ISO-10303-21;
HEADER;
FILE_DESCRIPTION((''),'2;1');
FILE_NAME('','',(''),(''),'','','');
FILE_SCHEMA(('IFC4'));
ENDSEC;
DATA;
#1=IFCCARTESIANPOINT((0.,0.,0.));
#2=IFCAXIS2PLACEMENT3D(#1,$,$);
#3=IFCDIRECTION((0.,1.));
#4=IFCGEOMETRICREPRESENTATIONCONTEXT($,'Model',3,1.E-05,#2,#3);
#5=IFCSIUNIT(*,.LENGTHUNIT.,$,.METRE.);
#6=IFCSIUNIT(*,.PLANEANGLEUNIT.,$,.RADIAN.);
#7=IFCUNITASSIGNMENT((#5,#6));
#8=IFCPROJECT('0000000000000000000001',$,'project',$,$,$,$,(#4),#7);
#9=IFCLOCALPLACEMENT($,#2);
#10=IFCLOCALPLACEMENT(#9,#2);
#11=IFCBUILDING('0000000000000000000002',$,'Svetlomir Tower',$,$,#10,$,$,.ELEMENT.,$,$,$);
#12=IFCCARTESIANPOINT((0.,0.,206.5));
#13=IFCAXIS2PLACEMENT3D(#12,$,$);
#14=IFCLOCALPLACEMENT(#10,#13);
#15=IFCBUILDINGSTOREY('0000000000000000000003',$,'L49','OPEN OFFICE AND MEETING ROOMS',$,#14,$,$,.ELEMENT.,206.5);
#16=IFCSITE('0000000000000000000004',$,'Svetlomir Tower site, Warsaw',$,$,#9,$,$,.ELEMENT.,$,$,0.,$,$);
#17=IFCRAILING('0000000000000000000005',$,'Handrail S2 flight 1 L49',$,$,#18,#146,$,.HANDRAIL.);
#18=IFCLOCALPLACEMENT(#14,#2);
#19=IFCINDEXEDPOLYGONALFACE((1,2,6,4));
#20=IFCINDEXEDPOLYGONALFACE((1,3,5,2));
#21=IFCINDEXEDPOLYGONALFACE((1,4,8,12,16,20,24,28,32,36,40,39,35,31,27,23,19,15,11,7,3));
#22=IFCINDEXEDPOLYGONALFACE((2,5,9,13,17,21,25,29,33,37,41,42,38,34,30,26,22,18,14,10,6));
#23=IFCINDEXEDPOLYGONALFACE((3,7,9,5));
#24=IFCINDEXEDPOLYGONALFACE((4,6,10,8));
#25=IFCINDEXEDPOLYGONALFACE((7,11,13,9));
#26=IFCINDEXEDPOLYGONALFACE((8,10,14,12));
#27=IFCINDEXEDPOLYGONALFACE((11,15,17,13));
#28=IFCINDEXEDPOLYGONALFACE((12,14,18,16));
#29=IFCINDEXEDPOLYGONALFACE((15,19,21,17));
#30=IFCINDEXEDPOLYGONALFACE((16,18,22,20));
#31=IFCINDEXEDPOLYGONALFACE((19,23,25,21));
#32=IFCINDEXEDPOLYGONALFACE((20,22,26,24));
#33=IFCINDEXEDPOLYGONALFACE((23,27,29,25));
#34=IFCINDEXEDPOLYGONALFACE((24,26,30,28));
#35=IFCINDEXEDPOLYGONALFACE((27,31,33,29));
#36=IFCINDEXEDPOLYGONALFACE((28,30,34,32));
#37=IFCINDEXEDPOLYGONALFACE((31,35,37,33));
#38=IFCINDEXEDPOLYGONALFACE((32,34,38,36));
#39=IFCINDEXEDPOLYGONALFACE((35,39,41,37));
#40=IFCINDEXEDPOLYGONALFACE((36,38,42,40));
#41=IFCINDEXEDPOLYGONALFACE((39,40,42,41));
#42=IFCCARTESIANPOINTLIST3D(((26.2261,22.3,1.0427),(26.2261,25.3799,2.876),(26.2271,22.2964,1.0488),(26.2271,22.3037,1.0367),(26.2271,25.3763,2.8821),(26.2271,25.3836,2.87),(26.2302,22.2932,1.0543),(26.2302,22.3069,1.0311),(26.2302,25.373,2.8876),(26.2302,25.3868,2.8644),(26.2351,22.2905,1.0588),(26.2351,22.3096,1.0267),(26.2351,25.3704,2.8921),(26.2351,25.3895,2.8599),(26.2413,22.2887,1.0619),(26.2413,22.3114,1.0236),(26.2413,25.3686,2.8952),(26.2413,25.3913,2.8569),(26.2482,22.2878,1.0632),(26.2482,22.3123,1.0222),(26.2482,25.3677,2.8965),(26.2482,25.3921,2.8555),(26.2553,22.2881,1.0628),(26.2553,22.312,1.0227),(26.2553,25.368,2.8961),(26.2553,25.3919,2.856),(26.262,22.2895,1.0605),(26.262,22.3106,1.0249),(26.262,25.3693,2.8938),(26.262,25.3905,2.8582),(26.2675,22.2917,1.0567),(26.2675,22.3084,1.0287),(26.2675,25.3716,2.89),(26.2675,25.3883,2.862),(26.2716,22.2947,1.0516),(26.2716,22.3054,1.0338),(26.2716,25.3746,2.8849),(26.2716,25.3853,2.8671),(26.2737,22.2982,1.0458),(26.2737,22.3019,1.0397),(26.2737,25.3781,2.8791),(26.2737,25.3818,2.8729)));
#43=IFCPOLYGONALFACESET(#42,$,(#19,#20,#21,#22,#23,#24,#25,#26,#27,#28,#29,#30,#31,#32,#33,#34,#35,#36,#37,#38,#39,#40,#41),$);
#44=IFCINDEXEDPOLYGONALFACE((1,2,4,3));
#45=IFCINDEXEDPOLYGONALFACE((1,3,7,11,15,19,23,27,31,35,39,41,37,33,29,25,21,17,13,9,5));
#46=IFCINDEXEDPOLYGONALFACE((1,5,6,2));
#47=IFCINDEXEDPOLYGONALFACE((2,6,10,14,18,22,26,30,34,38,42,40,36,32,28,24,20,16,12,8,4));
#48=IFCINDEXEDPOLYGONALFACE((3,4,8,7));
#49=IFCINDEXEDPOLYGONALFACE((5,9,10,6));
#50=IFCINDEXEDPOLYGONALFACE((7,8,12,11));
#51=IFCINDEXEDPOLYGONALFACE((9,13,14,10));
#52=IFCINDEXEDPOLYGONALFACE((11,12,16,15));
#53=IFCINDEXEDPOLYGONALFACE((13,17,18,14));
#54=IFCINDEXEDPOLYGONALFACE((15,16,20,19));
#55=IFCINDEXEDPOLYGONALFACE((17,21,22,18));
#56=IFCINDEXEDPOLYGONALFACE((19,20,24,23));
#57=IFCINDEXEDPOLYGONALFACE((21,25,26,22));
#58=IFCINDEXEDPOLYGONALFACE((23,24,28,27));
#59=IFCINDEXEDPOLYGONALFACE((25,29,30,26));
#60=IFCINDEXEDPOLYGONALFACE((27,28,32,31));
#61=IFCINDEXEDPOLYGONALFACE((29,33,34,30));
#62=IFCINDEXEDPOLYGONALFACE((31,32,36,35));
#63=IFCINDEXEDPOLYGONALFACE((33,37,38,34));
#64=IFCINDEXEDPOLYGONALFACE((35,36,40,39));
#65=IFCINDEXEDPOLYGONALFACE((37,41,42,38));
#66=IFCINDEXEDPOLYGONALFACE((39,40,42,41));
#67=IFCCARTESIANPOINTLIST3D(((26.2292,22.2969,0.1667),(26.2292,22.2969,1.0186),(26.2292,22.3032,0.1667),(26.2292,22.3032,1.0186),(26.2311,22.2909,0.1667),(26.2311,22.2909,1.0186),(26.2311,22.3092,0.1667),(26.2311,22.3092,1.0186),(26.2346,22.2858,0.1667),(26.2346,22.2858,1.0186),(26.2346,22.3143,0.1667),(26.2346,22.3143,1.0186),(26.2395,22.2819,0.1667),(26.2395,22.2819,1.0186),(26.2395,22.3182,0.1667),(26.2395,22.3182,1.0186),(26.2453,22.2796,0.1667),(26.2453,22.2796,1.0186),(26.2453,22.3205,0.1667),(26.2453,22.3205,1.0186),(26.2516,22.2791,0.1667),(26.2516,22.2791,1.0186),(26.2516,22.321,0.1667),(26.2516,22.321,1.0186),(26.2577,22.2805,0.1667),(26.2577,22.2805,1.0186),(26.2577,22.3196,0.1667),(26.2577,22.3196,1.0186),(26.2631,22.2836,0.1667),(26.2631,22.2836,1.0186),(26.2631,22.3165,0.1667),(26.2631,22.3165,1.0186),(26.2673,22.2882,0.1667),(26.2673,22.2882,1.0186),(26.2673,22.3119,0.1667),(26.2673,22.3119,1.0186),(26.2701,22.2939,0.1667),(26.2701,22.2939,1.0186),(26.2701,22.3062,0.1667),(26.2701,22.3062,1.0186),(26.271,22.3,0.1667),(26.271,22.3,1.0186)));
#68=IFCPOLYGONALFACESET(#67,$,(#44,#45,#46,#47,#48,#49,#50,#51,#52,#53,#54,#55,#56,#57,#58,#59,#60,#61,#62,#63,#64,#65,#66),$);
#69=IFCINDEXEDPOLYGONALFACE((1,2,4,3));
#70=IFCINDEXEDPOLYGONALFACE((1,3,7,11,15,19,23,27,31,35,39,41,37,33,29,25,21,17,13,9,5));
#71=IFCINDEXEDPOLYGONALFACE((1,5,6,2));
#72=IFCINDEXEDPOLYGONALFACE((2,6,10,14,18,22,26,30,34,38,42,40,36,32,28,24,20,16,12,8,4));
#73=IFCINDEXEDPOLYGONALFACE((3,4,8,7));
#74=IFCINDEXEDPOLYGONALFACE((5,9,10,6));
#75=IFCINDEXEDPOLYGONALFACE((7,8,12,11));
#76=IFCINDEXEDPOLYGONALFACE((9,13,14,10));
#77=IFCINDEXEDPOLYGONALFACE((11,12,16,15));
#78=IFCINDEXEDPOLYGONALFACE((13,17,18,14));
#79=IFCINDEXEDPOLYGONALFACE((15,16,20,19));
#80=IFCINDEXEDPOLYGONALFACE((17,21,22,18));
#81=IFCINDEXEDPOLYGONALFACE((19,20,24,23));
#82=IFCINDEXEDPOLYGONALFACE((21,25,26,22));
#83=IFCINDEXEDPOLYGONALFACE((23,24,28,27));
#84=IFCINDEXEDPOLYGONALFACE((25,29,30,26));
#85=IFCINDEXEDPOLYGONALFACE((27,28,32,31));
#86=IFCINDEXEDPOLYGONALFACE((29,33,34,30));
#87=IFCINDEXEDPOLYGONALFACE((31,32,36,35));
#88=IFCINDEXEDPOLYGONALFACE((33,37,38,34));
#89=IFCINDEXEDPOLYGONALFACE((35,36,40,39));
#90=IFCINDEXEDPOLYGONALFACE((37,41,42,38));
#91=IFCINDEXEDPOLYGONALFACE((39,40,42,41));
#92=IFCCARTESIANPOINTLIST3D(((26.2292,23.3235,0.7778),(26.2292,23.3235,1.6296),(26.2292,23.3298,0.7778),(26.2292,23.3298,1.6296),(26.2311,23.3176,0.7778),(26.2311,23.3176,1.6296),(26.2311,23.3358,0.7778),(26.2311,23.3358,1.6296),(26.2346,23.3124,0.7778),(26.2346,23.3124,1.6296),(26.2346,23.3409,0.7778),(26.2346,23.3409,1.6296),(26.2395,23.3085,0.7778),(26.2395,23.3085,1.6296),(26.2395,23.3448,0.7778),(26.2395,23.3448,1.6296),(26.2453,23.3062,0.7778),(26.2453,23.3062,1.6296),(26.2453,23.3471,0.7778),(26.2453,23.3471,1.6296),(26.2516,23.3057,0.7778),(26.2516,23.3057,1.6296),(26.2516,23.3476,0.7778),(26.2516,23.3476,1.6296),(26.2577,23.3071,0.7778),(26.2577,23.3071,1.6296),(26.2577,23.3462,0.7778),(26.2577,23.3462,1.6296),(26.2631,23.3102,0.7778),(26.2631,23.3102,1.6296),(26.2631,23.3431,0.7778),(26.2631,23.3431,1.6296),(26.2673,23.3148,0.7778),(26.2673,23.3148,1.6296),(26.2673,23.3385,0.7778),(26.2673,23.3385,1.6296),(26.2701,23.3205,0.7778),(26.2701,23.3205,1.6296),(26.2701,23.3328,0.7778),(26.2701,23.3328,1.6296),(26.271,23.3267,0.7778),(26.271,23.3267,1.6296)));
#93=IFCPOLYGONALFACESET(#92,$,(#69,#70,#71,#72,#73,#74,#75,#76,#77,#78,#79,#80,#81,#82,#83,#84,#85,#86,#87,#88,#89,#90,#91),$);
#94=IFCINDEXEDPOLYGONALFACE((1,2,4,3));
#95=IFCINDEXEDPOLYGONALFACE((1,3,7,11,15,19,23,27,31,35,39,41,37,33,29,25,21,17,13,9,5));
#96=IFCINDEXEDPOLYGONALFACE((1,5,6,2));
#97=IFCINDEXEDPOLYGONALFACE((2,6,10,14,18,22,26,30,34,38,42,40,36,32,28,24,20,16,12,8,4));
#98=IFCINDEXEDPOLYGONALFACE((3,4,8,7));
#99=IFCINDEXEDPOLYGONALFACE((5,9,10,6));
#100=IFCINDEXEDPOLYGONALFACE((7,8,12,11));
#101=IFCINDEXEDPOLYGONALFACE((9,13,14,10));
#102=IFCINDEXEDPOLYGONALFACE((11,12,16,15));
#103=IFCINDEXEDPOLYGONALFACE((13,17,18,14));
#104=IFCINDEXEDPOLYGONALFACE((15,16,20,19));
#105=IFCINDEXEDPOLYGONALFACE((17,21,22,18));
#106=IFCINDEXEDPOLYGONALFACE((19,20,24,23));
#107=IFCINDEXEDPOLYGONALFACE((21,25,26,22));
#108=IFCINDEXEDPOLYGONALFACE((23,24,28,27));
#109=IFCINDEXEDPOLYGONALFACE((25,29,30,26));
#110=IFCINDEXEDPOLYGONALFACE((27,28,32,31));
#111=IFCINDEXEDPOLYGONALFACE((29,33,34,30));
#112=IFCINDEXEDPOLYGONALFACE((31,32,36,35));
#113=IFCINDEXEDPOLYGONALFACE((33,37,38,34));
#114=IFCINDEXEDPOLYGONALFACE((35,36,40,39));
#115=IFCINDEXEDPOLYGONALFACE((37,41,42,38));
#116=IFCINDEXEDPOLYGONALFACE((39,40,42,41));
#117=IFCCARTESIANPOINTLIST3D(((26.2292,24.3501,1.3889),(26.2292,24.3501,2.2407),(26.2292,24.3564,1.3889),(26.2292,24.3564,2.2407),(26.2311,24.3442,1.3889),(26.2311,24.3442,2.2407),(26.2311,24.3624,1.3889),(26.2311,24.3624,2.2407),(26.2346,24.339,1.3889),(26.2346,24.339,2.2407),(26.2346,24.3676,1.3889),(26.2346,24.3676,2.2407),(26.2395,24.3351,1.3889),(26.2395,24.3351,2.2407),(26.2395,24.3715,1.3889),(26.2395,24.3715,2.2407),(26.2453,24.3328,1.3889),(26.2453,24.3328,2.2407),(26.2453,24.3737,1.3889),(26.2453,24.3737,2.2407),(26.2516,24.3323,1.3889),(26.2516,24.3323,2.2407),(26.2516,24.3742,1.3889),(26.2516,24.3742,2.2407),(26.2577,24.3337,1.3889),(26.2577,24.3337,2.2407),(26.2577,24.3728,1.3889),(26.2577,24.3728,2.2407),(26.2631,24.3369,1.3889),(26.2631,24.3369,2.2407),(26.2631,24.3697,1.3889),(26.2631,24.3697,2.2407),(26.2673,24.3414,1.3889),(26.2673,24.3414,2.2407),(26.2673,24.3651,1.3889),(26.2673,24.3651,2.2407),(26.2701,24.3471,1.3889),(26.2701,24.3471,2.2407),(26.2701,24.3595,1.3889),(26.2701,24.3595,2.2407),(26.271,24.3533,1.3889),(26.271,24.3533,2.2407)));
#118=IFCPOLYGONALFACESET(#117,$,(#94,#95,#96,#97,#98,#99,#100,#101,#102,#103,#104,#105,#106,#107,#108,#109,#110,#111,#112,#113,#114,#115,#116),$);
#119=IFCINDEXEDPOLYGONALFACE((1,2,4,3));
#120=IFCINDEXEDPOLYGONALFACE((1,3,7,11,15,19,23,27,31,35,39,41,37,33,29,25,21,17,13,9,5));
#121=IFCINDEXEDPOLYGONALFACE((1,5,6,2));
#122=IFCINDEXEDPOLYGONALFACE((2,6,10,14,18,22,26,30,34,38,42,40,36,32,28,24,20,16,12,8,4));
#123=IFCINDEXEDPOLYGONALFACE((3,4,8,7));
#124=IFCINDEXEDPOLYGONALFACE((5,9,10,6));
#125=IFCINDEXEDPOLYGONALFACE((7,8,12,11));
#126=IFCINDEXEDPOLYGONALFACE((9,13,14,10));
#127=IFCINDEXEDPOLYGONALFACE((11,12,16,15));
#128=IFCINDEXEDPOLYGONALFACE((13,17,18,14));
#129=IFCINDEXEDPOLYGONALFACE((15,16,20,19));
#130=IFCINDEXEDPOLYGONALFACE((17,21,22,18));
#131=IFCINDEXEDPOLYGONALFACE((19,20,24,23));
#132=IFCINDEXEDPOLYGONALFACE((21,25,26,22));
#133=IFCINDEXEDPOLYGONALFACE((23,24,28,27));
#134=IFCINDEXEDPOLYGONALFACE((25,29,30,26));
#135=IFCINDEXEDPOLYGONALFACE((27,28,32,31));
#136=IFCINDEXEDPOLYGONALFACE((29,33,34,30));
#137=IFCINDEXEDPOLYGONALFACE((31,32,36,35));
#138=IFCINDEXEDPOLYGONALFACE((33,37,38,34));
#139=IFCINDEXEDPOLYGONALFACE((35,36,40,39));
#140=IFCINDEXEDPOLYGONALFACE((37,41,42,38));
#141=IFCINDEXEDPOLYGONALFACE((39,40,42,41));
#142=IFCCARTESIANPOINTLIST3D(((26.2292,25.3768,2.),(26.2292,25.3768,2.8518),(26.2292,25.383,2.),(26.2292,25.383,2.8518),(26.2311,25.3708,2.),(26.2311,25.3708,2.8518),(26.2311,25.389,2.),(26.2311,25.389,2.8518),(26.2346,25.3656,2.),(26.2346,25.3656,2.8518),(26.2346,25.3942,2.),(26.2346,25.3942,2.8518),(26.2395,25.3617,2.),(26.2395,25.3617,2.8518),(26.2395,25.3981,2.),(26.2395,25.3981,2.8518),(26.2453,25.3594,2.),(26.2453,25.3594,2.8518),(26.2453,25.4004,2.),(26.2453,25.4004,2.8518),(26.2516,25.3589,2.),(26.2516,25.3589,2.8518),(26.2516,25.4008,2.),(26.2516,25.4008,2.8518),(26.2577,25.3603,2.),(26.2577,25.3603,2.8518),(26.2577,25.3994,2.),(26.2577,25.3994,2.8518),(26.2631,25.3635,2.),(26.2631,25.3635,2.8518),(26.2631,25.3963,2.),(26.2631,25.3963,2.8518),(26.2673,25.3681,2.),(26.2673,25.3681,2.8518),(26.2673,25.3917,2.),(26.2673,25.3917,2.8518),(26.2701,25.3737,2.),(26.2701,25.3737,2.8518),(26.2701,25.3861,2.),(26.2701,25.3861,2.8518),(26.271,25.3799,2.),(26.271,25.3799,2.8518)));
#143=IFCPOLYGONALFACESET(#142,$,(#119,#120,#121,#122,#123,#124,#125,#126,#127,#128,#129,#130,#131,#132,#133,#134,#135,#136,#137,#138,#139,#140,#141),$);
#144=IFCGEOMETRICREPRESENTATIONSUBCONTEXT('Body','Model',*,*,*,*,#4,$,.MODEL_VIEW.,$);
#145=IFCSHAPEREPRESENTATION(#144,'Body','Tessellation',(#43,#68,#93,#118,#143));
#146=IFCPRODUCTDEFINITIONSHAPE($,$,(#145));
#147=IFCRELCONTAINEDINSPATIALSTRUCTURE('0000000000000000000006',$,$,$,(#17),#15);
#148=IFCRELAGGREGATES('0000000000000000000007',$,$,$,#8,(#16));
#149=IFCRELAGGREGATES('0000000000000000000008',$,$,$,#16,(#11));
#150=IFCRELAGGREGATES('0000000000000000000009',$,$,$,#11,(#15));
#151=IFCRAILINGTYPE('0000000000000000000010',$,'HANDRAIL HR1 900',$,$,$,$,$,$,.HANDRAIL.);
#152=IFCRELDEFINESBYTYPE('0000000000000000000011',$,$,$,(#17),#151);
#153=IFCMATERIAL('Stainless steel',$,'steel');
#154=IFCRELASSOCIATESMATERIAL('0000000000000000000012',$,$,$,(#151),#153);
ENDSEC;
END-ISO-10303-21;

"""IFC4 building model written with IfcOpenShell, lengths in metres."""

from ifc_helpers import new_model, si_unit, direction, frame, origin, origin_2d, place, context, subcontext, project, spatial, circle, extrude, material, type_object, element, save


model = new_model("IFC4")

# Units and contexts
model_context = context("Model", 3, precision=1e-05, world=origin(), true_north=direction((0.0, 1.0)))
body_context = subcontext(model_context, "Body", "Model", "MODEL_VIEW")
ifc_project = project(units=[si_unit("LENGTHUNIT", "METRE"), si_unit("PLANEANGLEUNIT", "RADIAN")], contexts=[model_context])

# Site, building, storey
site_placement = place(None, origin())
site = spatial("IfcSite", under=ifc_project, at=site_placement, Name="Svetlomir Tower site, Warsaw", CompositionType="ELEMENT", RefElevation=0.0)
building_placement = place(site_placement, origin())
building = spatial("IfcBuilding", under=site, at=building_placement, Name="Svetlomir Tower", CompositionType="ELEMENT")
storey_placement = place(building_placement, frame((0.0, 0.0, 206.5)))
storey = spatial("IfcBuildingStorey", under=building, at=storey_placement, Name="L49", Description="OPEN OFFICE AND MEETING ROOMS", CompositionType="ELEMENT", Elevation=206.5)

# Railing
ifc_material_1 = material(Name="Stainless steel", Category="steel")
railing_type = type_object("IfcRailingType", Name="HANDRAIL HR1 900", PredefinedType="HANDRAIL", material=ifc_material_1)
railing_placement = place(storey_placement, frame((26.25, 22.3, 0.1667)))
element("IfcRailing", 1, at=railing_placement, inside=storey, type_object=railing_type, Name="Handrail S2 flight 1 L49", PredefinedType="HANDRAIL", context=body_context, shape_type="SweptSolid", body=[
    extrude(circle(Radius=0.0239, at=origin_2d()), frame((0.0, 0.0, 0.876), z_axis=(0.0, 0.859291, 0.511487), x_axis=(-1.0, 0.0, 0.0)), (0.0, 0.0, 1.0), 3.5842),
    extrude(circle(Radius=0.021, at=origin_2d()), origin(), (0.0, 0.0, 1.0), 0.8518),
    extrude(circle(Radius=0.021, at=origin_2d()), frame((0.0, 1.0266, 0.6111)), (0.0, 0.0, 1.0), 0.8518),
    extrude(circle(Radius=0.021, at=origin_2d()), frame((0.0, 2.0532, 1.2222)), (0.0, 0.0, 1.0), 0.8518),
    extrude(circle(Radius=0.021, at=origin_2d()), frame((0.0, 3.0798, 1.8333)), (0.0, 0.0, 1.0), 0.8518),
])

save(model, "model.ifc")
